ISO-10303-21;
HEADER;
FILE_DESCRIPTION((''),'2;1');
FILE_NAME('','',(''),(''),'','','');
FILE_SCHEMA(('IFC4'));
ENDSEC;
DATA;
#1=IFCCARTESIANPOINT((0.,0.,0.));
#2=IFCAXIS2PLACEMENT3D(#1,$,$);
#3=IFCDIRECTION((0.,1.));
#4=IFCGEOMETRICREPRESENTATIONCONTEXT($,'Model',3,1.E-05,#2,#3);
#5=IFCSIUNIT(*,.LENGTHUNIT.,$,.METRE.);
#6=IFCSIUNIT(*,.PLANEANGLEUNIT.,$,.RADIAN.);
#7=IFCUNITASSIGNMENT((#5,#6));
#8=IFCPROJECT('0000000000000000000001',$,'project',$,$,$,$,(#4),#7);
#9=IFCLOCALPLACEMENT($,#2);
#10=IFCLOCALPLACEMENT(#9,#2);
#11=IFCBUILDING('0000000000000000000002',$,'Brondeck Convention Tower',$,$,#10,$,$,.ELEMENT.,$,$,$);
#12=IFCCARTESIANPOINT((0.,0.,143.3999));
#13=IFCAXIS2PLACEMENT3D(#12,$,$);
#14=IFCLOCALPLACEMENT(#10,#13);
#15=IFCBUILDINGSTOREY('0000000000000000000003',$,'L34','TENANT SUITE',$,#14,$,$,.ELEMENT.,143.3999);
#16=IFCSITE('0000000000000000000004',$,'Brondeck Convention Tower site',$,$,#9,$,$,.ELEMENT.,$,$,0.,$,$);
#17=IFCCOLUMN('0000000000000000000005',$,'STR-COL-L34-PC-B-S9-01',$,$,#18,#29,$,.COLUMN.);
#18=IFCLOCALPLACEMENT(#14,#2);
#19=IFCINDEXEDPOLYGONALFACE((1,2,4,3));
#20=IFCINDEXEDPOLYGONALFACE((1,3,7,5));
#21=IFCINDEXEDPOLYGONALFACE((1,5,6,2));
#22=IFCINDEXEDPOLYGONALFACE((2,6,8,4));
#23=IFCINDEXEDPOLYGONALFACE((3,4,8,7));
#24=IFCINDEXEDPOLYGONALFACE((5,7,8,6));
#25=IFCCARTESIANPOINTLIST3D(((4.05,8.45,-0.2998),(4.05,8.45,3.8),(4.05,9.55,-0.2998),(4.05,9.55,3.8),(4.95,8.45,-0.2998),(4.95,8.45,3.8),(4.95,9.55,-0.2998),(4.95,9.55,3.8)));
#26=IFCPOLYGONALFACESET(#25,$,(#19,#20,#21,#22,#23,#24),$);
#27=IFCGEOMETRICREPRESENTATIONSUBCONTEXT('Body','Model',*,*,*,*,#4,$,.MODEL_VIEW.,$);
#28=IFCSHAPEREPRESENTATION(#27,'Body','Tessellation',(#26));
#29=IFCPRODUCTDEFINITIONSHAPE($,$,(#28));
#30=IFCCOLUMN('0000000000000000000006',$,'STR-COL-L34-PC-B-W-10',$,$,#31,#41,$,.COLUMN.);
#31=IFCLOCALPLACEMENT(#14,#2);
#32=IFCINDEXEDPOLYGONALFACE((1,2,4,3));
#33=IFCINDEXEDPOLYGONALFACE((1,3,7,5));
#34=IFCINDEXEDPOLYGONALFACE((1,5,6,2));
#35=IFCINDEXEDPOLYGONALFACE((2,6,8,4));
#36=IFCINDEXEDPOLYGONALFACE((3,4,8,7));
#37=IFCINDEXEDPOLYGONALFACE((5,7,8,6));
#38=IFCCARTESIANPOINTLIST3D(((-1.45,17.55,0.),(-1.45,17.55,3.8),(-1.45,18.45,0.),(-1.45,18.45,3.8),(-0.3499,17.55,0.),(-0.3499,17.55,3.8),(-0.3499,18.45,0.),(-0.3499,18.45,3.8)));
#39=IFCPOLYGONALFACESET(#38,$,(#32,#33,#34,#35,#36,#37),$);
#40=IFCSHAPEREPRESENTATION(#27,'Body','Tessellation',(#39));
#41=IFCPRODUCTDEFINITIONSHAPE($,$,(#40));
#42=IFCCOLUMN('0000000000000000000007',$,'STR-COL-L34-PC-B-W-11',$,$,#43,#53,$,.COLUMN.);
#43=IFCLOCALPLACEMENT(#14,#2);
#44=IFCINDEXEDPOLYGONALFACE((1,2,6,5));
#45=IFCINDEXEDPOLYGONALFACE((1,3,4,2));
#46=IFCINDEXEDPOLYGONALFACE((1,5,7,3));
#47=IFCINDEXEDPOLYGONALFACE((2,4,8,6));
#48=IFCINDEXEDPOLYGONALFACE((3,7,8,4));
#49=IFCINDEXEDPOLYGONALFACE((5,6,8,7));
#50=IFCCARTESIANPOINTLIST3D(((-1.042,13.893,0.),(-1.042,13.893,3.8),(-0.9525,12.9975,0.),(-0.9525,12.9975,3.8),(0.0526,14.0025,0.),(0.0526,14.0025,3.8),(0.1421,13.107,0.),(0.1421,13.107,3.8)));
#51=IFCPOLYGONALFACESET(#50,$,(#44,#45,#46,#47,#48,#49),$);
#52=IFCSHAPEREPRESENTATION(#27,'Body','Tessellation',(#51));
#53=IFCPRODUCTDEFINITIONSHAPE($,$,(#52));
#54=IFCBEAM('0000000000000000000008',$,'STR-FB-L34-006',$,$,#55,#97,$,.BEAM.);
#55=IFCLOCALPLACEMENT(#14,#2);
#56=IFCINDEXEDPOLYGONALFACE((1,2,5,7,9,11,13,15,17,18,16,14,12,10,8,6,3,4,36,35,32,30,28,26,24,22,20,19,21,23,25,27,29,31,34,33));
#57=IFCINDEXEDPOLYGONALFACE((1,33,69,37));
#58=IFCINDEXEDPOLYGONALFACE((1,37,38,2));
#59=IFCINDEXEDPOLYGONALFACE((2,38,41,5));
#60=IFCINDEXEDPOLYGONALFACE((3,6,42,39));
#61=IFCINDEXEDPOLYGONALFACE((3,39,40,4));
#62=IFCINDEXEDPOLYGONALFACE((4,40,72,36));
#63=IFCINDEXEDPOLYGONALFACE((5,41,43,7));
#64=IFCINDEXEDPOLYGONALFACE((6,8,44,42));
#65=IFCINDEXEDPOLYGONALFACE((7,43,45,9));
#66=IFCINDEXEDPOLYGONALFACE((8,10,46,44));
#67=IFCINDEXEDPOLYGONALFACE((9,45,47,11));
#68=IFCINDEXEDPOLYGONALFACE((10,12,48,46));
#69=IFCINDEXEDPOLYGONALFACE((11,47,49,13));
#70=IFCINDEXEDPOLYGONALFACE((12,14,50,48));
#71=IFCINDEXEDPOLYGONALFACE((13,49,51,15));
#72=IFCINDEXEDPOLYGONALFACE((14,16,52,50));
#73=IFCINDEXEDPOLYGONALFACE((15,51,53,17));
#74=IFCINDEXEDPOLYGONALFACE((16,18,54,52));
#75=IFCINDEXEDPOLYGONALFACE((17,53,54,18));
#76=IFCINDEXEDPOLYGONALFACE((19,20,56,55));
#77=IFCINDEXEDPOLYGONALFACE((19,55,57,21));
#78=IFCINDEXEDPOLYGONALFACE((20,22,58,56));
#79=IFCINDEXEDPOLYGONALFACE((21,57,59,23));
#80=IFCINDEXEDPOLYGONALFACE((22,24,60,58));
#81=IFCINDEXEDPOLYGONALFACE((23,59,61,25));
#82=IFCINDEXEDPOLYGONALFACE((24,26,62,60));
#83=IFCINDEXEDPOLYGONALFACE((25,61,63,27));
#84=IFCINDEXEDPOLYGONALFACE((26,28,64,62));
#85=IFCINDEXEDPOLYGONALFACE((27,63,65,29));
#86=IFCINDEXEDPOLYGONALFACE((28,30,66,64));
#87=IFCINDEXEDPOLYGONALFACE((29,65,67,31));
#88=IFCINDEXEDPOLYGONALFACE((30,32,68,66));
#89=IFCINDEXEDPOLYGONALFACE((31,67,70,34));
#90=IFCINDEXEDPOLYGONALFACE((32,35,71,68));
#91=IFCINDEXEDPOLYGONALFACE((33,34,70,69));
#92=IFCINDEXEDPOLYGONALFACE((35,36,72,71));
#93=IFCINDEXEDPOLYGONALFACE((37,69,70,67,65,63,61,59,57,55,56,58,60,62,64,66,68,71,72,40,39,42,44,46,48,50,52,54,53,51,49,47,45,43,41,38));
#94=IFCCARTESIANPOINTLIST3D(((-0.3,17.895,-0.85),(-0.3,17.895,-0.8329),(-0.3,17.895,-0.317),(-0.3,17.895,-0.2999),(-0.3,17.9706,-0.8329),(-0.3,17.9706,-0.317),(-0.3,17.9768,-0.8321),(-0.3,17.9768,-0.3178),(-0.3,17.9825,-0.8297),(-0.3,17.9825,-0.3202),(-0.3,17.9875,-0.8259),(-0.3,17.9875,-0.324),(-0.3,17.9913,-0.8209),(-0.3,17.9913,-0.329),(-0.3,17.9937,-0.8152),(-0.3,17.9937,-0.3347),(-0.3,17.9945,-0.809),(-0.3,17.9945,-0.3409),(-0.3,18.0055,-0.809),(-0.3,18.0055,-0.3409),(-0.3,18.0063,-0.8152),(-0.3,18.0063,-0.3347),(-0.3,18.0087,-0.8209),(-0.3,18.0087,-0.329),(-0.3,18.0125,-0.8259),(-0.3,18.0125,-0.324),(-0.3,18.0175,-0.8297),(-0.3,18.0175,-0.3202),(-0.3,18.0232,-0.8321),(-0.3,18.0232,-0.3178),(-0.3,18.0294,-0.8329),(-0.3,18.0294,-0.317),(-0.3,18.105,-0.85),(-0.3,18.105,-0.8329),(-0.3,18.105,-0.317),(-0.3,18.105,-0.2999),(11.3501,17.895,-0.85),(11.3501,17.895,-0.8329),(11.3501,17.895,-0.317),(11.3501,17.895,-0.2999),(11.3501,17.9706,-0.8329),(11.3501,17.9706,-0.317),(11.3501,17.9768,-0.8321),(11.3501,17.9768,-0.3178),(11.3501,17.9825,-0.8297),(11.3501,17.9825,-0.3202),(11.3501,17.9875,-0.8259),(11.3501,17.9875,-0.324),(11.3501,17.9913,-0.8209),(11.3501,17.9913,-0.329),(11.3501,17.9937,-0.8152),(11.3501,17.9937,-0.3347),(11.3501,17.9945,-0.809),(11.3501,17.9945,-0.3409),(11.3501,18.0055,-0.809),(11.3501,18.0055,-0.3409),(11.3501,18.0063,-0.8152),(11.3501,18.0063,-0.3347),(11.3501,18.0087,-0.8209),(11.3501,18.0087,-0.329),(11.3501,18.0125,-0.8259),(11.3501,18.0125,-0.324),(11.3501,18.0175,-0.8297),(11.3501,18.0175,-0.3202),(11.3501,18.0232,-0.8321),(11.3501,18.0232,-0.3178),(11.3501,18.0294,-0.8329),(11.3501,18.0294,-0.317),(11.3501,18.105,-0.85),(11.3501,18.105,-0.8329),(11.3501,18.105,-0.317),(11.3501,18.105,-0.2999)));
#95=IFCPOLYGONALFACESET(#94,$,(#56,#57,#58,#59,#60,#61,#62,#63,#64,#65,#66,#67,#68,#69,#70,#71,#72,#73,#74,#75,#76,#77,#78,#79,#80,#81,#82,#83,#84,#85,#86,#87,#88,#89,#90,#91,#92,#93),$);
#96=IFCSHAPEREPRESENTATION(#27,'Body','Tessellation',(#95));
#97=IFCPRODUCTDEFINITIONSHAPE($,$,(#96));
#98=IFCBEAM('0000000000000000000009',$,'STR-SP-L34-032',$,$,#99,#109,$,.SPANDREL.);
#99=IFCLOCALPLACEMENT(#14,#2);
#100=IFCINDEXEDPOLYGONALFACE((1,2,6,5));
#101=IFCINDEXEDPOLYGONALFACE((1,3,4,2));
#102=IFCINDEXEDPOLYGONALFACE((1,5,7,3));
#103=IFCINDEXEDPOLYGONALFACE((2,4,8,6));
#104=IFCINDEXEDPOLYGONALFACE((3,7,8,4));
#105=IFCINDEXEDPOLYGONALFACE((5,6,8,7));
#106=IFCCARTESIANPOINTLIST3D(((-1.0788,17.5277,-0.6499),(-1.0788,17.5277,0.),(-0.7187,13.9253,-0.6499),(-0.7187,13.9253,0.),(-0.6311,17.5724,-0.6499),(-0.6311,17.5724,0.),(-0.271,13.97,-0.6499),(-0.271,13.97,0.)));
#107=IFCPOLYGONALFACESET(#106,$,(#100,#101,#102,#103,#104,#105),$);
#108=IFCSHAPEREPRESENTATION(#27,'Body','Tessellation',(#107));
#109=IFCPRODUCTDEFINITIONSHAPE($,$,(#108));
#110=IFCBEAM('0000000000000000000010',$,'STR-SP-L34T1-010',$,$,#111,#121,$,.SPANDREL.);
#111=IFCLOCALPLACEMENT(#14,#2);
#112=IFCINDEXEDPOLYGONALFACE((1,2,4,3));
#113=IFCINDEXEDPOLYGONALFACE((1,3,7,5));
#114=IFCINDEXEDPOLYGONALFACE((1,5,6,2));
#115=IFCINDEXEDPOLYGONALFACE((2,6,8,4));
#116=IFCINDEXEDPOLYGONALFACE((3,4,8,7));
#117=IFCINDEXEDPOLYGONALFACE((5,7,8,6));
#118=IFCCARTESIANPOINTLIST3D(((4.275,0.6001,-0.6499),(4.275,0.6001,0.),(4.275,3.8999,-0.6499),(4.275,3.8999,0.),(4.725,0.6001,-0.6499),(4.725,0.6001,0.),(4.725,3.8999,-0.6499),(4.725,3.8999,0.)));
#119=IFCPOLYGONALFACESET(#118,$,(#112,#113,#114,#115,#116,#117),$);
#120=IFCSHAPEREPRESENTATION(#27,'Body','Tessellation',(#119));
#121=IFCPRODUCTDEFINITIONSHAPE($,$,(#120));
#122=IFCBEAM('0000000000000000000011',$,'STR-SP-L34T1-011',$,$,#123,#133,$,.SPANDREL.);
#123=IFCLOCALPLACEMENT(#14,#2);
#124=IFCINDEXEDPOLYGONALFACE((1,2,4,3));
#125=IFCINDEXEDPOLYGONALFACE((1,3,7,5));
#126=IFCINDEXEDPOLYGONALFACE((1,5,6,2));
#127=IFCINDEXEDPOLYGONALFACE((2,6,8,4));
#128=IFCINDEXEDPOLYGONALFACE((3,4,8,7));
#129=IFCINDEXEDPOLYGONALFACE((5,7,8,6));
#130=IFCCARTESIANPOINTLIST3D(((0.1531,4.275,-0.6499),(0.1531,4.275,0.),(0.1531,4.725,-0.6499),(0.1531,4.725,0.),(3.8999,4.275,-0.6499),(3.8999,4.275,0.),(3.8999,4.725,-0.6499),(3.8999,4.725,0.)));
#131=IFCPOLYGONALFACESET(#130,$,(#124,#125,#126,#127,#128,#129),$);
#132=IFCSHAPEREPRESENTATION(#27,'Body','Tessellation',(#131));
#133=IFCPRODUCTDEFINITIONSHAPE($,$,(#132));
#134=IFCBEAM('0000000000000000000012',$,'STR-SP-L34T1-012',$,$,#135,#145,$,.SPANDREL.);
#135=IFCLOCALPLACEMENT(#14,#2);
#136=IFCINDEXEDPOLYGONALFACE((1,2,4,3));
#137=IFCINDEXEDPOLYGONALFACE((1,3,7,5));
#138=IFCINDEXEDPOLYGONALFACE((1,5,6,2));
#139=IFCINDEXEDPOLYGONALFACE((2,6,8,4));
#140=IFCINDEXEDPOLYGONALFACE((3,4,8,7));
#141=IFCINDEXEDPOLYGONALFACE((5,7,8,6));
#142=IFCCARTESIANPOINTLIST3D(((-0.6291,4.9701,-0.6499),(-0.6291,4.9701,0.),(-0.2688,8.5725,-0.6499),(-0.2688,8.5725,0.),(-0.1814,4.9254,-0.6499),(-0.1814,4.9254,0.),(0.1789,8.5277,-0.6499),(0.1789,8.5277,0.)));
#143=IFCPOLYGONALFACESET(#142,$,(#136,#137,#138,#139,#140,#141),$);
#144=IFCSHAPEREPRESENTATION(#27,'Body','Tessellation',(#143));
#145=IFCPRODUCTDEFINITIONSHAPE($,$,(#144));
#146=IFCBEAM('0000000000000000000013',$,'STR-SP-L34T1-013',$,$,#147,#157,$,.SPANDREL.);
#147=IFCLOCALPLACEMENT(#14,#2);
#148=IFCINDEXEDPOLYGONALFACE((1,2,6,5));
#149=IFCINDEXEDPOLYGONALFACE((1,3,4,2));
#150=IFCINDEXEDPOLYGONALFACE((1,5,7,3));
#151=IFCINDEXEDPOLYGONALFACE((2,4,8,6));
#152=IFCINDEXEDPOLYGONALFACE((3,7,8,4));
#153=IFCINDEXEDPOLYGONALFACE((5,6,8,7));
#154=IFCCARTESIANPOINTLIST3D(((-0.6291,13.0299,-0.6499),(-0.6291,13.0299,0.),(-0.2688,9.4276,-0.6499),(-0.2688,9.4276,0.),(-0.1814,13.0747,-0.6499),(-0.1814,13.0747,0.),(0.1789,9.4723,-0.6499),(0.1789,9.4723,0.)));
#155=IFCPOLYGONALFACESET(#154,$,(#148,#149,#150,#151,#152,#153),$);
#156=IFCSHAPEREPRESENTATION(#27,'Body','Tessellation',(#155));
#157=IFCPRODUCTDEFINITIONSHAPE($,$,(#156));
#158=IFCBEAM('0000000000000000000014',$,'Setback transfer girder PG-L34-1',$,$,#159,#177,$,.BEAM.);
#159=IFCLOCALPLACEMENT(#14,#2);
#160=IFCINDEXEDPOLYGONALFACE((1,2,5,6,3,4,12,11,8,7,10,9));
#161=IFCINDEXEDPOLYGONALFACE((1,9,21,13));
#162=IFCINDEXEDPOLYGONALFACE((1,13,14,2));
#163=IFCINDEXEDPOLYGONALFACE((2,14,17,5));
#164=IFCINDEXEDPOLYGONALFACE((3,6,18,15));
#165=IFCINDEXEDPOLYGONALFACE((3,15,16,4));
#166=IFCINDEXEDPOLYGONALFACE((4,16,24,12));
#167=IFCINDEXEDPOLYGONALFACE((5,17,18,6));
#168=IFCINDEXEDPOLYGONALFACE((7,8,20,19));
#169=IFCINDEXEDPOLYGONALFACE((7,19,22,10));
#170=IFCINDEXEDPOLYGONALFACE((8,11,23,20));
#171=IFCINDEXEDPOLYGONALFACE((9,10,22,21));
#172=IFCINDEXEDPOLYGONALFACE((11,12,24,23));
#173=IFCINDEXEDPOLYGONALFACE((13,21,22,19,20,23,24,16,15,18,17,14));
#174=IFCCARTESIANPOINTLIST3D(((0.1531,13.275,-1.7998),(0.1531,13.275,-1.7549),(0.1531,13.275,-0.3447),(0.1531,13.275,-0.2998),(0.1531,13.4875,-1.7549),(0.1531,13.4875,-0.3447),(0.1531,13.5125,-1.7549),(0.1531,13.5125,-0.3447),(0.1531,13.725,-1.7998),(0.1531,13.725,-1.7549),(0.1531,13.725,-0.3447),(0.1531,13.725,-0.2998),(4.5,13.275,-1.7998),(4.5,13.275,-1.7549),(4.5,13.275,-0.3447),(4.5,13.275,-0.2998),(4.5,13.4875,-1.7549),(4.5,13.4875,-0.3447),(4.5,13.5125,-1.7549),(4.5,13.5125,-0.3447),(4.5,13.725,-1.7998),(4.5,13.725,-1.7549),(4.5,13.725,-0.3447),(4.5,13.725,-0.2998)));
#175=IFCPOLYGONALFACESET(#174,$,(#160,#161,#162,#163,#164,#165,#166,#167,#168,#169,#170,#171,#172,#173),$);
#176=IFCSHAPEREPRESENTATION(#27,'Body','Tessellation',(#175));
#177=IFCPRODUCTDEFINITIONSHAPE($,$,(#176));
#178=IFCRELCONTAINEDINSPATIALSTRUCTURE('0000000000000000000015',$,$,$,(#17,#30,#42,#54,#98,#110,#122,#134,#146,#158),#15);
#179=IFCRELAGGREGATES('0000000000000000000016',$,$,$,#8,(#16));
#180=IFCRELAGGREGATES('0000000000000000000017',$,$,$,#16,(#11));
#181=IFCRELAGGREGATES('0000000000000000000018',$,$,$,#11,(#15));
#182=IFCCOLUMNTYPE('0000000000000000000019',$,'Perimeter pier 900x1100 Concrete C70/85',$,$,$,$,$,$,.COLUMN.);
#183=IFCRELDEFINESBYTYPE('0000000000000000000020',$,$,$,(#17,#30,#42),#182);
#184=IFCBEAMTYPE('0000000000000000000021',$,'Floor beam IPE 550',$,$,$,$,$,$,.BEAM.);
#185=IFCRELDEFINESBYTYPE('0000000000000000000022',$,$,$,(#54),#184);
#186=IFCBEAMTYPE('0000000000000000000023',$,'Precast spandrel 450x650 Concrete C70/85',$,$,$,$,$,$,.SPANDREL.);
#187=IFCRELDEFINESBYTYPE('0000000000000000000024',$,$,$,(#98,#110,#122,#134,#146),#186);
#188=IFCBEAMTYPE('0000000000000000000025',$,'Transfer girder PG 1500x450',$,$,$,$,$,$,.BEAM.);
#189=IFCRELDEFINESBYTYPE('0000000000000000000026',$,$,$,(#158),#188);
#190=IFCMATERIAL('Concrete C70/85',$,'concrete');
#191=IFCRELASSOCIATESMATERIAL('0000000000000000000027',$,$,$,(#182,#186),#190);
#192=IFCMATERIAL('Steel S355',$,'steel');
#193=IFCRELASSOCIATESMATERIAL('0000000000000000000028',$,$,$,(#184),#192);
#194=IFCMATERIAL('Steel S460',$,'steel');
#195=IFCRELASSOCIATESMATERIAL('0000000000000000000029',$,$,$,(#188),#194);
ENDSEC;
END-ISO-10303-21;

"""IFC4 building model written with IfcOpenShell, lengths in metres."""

from ifc_helpers import new_model, si_unit, direction, frame, origin, origin_2d, place, context, subcontext, project, spatial, rectangle, i_section, extrude, material, material_profile, profile_set, type_object, element, save


model = new_model("IFC4")

# Units and contexts
model_context = context("Model", 3, precision=1e-05, world=origin(), true_north=direction((0.0, 1.0)))
body_context = subcontext(model_context, "Body", "Model", "MODEL_VIEW")
ifc_project = project(units=[si_unit("LENGTHUNIT", "METRE"), si_unit("PLANEANGLEUNIT", "RADIAN")], contexts=[model_context])

# Site, building, storey
site_placement = place(None, origin())
site = spatial("IfcSite", under=ifc_project, at=site_placement, Name="Brondeck Convention Tower site", CompositionType="ELEMENT", RefElevation=0.0)
building_placement = place(site_placement, origin())
building = spatial("IfcBuilding", under=site, at=building_placement, Name="Brondeck Convention Tower", CompositionType="ELEMENT")
storey_placement = place(building_placement, frame((0.0, 0.0, 143.3999)))
storey = spatial("IfcBuildingStorey", under=building, at=storey_placement, Name="L34", Description="TENANT SUITE", CompositionType="ELEMENT", Elevation=143.3999)

# Columns
ifc_material_1 = material(Name="Concrete C70/85", Category="concrete")
ifc_material_profile_1 = material_profile(ifc_material_1, rectangle(XDim=0.8999, YDim=1.1001, at=origin_2d()), Name="Perimeter pier 900x1100 Concrete C70/85")
ifc_profile_set_1 = profile_set([ifc_material_profile_1], Name="Concrete C70/85")
column_type = type_object("IfcColumnType", Name="Perimeter pier 900x1100 Concrete C70/85", PredefinedType="COLUMN", material=ifc_profile_set_1)
column_placement = place(storey_placement, frame((4.5, 9.0, -0.2998), z_axis=(0.0, 0.0, 1.0), x_axis=(1.0, 0.0, 0.0)))
element("IfcColumn", 1, at=column_placement, inside=storey, type_object=column_type, Name="STR-COL-L34-PC-B-S9-01", PredefinedType="COLUMN", context=body_context, shape_type="SweptSolid", body=[
    extrude(rectangle(XDim=0.8999, YDim=1.1001, at=origin_2d()), origin(), (0.0, 0.0, 1.0), 4.0999),
])
for number, where, z_axis, x_axis, name in (
    (2, (-0.8999, 18.0, 0.0), (0.0, 0.0, 1.0), (0.0, -1.0, 0.0), "STR-COL-L34-PC-B-W-10"),
    (3, (-0.45, 13.5, 0.0), (0.0, 0.0, 1.0), (0.099504, -0.995037, 0.0), "STR-COL-L34-PC-B-W-11"),
):
    element("IfcColumn", number, at=place(storey_placement, frame(where, z_axis=z_axis, x_axis=x_axis)), inside=storey, type_object=column_type, Name=name, PredefinedType="COLUMN", context=body_context, shape_type="SweptSolid", body=[
        extrude(rectangle(XDim=0.8999, YDim=1.1001, at=origin_2d()), origin(), (0.0, 0.0, 1.0), 3.8),
    ])

# Beams
ifc_material_2 = material(Name="Steel S355", Category="steel")
ifc_material_profile_2 = material_profile(ifc_material_2, i_section(OverallWidth=0.21, OverallDepth=0.55, WebThickness=0.011, FlangeThickness=0.0171, FilletRadius=0.0239, at=origin_2d()), Name="IPE 550")
ifc_profile_set_2 = profile_set([ifc_material_profile_2], Name="Steel S355")
beam_type_1 = type_object("IfcBeamType", Name="Floor beam IPE 550", PredefinedType="BEAM", material=ifc_profile_set_2)
beam_1_placement = place(storey_placement, frame((-0.3, 18.0, -0.575), z_axis=(1.0, 0.0, 0.0), x_axis=(0.0, 1.0, 0.0)))
element("IfcBeam", 4, at=beam_1_placement, inside=storey, type_object=beam_type_1, Name="STR-FB-L34-006", PredefinedType="BEAM", context=body_context, shape_type="SweptSolid", body=[
    extrude(i_section(OverallWidth=0.21, OverallDepth=0.55, WebThickness=0.011, FlangeThickness=0.0171, FilletRadius=0.0239, at=origin_2d()), origin(), (0.0, 0.0, 1.0), 11.6501),
])
ifc_material_profile_3 = material_profile(ifc_material_1, rectangle(XDim=0.45, YDim=0.6499, at=origin_2d()), Name="Precast spandrel 450x650 Concrete C70/85")
ifc_profile_set_3 = profile_set([ifc_material_profile_3], Name="Concrete C70/85")
beam_type_2 = type_object("IfcBeamType", Name="Precast spandrel 450x650 Concrete C70/85", PredefinedType="SPANDREL", material=ifc_profile_set_3)
beam_2_placement = place(storey_placement, frame((-0.855, 17.55, -0.325), z_axis=(0.09947, -0.995041, 0.0), x_axis=(0.995041, 0.09947, 0.0)))
element("IfcBeam", 5, at=beam_2_placement, inside=storey, type_object=beam_type_2, Name="STR-SP-L34-032", PredefinedType="SPANDREL", context=body_context, shape_type="SweptSolid", body=[
    extrude(rectangle(XDim=0.45, YDim=0.6499, at=origin_2d()), origin(), (0.0, 0.0, 1.0), 3.6204),
])
beam_3_placement = place(storey_placement, frame((4.5, 0.6001, -0.325), z_axis=(0.0, 1.0, 0.0), x_axis=(-1.0, 0.0, 0.0)))
element("IfcBeam", 6, at=beam_3_placement, inside=storey, type_object=beam_type_2, Name="STR-SP-L34T1-010", PredefinedType="SPANDREL", context=body_context, shape_type="SweptSolid", body=[
    extrude(rectangle(XDim=0.45, YDim=0.6499, at=origin_2d()), origin(), (0.0, 0.0, 1.0), 3.2998),
])
beam_4_placement = place(storey_placement, frame((3.8999, 4.5, -0.325), z_axis=(-1.0, 0.0, 0.0), x_axis=(0.0, -1.0, 0.0)))
element("IfcBeam", 7, at=beam_4_placement, inside=storey, type_object=beam_type_2, Name="STR-SP-L34T1-011", PredefinedType="SPANDREL", context=body_context, shape_type="SweptSolid", body=[
    extrude(rectangle(XDim=0.45, YDim=0.6499, at=origin_2d()), origin(), (0.0, 0.0, 1.0), 3.7468),
])
for number, where, z_axis, x_axis, name in (
    (8, (-0.4053, 4.9478, -0.325), (0.099537, 0.995034, 0.0), (-0.995034, 0.099537, 0.0), "STR-SP-L34T1-012"),
    (9, (-0.0449, 9.45, -0.325), (-0.099537, 0.995034, 0.0), (-0.995034, -0.099537, 0.0), "STR-SP-L34T1-013"),
):
    element("IfcBeam", number, at=place(storey_placement, frame(where, z_axis=z_axis, x_axis=x_axis)), inside=storey, type_object=beam_type_2, Name=name, PredefinedType="SPANDREL", context=body_context, shape_type="SweptSolid", body=[
        extrude(rectangle(XDim=0.45, YDim=0.6499, at=origin_2d()), origin(), (0.0, 0.0, 1.0), 3.6204),
    ])
ifc_material_3 = material(Name="Steel S460", Category="steel")
ifc_material_profile_4 = material_profile(ifc_material_3, i_section(OverallWidth=0.45, OverallDepth=1.5, WebThickness=0.0249, FlangeThickness=0.0449, at=origin_2d()), Name="PG 1500x450")
ifc_profile_set_4 = profile_set([ifc_material_profile_4], Name="Steel S460")
beam_type_3 = type_object("IfcBeamType", Name="Transfer girder PG 1500x450", PredefinedType="BEAM", material=ifc_profile_set_4)
beam_5_placement = place(storey_placement, frame((0.1531, 13.5, -1.0498), z_axis=(1.0, 0.0, 0.0), x_axis=(0.0, 1.0, 0.0)))
element("IfcBeam", 10, at=beam_5_placement, inside=storey, type_object=beam_type_3, Name="Setback transfer girder PG-L34-1", PredefinedType="BEAM", context=body_context, shape_type="SweptSolid", body=[
    extrude(i_section(OverallWidth=0.45, OverallDepth=1.5, WebThickness=0.0249, FlangeThickness=0.0449, at=origin_2d()), origin(), (0.0, 0.0, 1.0), 4.3469),
])

save(model, "model.ifc")
